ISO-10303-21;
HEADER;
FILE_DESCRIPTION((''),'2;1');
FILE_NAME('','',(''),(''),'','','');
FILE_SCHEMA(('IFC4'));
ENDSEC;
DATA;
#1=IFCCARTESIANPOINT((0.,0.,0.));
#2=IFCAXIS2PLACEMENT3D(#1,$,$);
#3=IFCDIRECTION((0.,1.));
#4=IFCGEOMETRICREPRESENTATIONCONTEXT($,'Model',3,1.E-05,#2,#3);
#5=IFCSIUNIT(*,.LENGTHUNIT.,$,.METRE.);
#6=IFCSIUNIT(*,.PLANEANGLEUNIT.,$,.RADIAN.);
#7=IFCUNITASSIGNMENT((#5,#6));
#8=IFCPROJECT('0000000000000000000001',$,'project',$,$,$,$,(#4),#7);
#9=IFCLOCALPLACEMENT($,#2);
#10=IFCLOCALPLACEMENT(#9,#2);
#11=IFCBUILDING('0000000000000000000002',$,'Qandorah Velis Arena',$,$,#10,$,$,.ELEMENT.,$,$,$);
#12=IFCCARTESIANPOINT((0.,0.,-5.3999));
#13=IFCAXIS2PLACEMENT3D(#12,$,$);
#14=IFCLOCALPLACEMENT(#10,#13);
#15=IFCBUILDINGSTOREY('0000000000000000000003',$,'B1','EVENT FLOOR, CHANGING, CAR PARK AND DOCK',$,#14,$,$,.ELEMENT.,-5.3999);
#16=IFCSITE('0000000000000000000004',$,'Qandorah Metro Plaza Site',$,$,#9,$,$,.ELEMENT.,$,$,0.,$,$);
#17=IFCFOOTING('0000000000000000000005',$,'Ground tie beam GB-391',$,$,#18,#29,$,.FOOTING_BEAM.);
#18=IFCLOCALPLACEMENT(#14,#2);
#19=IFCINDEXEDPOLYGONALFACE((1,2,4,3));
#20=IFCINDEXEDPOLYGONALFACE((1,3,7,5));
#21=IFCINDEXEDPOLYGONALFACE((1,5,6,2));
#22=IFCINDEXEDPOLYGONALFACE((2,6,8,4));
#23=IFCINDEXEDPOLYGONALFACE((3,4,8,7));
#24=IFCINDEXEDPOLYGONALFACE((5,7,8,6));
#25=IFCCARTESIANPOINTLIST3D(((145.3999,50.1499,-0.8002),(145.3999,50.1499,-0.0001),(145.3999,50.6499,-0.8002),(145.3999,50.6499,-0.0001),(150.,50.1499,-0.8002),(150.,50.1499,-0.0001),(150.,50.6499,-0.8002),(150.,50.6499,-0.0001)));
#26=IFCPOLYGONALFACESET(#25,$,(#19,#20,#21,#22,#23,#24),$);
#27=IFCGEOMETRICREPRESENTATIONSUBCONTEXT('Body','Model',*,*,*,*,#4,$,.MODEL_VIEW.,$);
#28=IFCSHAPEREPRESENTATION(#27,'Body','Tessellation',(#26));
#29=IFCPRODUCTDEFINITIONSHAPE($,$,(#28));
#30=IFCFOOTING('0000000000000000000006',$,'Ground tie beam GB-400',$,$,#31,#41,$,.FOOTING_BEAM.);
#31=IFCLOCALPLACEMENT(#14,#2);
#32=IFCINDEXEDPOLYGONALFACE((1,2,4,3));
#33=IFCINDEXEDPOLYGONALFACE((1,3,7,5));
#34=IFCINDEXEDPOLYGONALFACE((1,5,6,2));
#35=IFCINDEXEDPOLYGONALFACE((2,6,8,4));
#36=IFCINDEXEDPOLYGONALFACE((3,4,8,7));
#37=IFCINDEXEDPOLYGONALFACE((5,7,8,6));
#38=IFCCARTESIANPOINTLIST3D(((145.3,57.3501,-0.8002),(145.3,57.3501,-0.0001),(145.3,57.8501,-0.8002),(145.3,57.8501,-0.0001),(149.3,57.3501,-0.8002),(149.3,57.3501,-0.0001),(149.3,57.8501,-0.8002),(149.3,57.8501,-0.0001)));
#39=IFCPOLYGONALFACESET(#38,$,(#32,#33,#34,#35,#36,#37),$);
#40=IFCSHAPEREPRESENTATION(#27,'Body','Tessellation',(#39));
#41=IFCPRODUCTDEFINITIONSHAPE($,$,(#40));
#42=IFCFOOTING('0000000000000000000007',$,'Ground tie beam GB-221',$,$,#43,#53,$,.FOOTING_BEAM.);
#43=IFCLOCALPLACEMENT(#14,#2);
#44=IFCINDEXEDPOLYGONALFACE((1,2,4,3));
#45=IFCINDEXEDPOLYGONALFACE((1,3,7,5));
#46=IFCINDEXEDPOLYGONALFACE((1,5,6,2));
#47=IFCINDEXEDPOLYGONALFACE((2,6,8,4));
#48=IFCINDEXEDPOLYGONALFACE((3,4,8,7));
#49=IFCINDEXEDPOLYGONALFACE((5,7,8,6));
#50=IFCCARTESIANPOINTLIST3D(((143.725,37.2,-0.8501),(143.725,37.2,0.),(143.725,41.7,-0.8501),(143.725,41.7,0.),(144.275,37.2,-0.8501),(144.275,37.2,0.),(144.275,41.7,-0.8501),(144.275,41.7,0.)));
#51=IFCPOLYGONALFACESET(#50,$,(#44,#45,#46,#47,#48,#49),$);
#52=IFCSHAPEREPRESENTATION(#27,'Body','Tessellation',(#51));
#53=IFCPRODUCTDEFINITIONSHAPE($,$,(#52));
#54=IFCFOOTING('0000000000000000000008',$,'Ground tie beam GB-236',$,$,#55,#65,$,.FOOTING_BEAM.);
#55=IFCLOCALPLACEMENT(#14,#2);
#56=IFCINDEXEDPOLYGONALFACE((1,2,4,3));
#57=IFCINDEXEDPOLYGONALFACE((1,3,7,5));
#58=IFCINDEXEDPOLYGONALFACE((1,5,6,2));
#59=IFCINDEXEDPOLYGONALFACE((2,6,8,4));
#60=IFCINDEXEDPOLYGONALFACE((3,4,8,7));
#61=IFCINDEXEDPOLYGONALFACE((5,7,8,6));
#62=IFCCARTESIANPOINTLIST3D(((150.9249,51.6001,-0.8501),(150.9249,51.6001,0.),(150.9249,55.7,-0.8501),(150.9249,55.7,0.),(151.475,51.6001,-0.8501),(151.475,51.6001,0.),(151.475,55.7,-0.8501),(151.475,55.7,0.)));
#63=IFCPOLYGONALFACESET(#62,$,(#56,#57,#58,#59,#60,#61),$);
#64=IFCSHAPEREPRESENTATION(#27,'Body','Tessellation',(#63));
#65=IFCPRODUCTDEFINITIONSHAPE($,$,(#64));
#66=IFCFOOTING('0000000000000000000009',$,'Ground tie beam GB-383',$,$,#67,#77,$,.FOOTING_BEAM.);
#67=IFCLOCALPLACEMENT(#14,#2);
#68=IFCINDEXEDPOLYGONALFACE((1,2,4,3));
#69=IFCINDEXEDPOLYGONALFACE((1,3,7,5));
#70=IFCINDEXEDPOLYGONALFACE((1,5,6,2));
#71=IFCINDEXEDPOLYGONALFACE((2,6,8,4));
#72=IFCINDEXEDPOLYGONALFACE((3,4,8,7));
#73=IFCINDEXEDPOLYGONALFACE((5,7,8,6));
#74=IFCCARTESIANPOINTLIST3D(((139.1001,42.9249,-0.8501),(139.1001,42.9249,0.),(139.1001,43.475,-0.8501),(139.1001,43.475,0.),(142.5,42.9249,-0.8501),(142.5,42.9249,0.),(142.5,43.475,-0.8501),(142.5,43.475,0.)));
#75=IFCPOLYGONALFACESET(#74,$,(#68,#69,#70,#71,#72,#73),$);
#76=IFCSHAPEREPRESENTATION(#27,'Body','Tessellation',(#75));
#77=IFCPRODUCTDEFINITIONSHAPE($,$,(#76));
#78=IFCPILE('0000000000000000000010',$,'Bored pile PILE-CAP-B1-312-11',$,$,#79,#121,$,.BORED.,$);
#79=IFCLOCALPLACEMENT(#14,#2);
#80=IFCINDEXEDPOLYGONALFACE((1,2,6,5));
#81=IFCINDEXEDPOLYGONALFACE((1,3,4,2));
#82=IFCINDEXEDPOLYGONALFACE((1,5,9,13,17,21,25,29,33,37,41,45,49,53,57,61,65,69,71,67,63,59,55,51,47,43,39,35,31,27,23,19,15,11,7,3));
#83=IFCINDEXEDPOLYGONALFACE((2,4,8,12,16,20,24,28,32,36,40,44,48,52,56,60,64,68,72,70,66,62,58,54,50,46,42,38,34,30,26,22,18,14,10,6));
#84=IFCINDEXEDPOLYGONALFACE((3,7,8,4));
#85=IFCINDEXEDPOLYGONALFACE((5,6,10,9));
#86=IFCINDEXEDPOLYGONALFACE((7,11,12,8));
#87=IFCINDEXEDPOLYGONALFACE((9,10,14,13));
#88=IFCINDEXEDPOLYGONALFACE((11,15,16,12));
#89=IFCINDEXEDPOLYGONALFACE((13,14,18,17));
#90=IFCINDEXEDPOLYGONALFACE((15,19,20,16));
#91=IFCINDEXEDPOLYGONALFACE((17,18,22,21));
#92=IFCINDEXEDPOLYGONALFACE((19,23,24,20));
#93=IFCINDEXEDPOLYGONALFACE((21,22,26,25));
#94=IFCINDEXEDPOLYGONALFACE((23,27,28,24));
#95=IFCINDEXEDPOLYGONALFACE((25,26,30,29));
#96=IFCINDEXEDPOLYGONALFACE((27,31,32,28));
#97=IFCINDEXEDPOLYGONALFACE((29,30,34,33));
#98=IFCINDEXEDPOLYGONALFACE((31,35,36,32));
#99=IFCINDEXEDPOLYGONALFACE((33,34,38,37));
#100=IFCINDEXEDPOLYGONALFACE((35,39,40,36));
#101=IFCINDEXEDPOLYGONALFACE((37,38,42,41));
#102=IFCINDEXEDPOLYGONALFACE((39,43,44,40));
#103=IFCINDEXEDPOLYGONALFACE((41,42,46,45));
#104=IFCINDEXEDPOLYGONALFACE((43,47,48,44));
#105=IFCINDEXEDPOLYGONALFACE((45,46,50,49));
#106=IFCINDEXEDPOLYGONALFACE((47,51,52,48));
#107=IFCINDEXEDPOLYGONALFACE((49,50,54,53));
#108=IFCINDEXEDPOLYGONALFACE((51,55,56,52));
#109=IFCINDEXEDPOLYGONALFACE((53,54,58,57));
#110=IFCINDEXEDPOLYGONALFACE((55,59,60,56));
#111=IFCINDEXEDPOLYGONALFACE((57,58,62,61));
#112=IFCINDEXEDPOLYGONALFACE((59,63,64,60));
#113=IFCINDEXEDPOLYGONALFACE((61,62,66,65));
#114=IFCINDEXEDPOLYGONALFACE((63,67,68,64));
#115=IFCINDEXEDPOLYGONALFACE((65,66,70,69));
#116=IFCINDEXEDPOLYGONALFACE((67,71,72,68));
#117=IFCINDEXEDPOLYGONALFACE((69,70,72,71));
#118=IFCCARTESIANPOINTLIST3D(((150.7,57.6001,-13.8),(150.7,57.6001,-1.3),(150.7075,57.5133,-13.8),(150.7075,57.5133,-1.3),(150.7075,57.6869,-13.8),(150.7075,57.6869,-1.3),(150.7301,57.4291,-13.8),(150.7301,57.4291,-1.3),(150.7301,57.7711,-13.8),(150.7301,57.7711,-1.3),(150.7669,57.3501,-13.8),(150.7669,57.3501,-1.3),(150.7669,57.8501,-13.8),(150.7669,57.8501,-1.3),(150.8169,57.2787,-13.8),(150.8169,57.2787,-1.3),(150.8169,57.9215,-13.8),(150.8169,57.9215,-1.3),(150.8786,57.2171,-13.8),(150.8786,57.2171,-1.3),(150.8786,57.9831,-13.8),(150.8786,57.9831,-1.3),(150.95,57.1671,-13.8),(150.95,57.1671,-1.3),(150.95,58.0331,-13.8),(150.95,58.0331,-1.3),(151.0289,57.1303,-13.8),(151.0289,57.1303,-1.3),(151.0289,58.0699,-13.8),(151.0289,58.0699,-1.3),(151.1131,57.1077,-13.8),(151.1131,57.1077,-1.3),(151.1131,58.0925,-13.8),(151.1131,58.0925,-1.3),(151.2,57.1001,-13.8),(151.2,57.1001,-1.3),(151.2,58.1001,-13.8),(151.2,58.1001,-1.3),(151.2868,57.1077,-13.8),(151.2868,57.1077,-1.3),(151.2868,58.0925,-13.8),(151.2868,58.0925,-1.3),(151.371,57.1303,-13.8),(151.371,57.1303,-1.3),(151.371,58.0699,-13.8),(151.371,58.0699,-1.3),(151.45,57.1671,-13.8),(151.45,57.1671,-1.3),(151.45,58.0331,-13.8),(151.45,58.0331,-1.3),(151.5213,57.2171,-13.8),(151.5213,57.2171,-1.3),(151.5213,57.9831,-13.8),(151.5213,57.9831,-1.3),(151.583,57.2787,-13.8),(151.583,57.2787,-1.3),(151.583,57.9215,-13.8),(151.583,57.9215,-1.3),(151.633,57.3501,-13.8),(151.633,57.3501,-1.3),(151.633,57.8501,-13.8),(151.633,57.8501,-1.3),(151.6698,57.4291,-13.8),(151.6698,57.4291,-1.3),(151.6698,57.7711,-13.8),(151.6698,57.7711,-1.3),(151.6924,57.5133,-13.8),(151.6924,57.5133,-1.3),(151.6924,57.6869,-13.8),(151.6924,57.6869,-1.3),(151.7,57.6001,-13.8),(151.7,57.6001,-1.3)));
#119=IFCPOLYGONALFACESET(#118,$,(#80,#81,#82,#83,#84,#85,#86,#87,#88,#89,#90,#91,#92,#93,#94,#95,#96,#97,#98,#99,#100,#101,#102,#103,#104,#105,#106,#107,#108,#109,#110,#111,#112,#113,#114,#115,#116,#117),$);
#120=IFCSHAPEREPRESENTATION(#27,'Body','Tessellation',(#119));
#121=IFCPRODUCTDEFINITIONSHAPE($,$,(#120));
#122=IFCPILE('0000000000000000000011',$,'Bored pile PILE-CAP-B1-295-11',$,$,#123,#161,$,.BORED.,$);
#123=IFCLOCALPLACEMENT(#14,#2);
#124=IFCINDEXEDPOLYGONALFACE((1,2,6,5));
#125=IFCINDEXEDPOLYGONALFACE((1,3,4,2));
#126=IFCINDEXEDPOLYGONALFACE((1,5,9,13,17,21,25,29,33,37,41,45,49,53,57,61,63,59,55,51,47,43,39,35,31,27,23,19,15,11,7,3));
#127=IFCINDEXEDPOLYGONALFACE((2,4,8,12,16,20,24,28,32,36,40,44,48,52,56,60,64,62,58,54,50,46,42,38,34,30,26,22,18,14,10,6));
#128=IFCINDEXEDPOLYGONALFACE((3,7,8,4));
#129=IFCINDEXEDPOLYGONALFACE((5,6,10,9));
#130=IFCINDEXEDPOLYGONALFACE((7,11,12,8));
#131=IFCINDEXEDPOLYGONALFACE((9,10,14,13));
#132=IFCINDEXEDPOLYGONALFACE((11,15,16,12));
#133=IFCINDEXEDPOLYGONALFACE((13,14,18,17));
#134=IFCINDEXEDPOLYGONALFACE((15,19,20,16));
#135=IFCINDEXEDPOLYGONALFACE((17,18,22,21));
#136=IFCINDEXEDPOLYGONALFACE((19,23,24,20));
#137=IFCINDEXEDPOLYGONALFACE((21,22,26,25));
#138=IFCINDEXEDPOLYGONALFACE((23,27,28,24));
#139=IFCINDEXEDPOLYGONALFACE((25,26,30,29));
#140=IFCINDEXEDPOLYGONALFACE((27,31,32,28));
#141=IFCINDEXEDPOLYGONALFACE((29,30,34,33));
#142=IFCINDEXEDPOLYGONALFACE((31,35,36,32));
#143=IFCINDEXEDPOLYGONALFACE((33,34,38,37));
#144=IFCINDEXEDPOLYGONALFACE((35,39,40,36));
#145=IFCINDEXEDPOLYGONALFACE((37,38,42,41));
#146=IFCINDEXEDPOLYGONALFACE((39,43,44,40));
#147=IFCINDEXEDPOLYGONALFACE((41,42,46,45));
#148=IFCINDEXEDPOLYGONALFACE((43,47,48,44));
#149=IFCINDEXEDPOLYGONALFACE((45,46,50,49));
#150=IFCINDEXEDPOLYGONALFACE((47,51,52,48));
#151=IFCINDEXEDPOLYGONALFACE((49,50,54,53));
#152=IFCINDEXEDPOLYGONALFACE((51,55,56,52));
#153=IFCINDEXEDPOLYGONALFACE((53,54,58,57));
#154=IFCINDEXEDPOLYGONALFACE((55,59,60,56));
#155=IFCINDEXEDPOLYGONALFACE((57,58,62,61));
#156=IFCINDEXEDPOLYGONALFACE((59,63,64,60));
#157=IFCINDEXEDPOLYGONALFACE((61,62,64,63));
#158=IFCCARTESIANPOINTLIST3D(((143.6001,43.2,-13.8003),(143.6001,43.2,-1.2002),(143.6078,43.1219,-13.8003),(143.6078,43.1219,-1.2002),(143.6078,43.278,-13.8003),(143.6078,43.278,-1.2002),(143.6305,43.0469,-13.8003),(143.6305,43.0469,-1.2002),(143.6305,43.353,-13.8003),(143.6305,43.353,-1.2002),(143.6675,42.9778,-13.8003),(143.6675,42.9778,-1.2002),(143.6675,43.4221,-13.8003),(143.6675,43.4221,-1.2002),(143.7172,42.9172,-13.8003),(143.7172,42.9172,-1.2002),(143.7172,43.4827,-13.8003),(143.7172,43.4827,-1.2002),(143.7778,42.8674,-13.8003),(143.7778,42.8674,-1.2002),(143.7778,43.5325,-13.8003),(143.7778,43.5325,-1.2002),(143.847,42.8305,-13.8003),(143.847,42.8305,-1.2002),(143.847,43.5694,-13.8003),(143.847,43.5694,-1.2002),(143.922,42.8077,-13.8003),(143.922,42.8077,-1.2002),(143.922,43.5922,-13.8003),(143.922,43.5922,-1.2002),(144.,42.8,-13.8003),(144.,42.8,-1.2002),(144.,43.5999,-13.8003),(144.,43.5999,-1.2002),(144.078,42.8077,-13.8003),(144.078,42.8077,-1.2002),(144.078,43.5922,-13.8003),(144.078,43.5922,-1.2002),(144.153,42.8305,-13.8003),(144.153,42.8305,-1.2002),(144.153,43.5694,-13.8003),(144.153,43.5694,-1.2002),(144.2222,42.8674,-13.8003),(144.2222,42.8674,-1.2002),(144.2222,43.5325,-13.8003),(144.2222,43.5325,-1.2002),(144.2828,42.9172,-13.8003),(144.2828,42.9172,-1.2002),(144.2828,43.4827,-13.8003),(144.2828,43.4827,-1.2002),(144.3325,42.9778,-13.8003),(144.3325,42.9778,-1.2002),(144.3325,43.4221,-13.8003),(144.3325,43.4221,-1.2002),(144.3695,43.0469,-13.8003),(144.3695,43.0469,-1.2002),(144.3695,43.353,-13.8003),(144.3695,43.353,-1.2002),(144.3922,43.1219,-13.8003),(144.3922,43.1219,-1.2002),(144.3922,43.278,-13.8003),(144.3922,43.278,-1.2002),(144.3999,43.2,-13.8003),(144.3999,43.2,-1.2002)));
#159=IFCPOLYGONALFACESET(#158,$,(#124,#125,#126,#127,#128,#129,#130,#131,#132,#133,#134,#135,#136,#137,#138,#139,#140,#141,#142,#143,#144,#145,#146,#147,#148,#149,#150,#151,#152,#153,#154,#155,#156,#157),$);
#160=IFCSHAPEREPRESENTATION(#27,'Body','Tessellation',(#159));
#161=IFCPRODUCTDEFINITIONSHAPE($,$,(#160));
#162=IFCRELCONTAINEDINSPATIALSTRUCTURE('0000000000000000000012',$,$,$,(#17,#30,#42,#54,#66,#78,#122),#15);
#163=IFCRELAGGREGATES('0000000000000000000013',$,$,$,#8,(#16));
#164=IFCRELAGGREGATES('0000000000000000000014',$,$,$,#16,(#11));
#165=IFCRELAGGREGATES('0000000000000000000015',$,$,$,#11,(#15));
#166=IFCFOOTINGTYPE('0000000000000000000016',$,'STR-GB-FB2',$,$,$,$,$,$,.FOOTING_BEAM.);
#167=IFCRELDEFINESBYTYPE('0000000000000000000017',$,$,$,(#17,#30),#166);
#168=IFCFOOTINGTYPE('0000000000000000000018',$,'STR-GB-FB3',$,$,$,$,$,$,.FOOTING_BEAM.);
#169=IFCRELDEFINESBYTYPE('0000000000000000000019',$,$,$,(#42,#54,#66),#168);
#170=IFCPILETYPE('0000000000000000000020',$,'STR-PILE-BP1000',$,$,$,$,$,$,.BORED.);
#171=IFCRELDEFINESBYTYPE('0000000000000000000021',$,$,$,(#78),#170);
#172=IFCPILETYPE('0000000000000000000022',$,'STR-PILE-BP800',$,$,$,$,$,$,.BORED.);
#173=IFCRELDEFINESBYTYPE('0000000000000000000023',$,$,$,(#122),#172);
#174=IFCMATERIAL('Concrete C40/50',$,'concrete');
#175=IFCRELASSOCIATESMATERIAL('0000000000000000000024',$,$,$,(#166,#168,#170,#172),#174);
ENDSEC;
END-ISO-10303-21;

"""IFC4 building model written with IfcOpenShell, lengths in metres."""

from ifc_helpers import new_model, si_unit, direction, frame, origin, origin_2d, place, context, subcontext, project, spatial, rectangle, circle, extrude, material, material_profile, profile_set, type_object, element, save


model = new_model("IFC4")

# Units and contexts
model_context = context("Model", 3, precision=1e-05, world=origin(), true_north=direction((0.0, 1.0)))
body_context = subcontext(model_context, "Body", "Model", "MODEL_VIEW")
ifc_project = project(units=[si_unit("LENGTHUNIT", "METRE"), si_unit("PLANEANGLEUNIT", "RADIAN")], contexts=[model_context])

# Site, building, storey
site_placement = place(None, origin())
site = spatial("IfcSite", under=ifc_project, at=site_placement, Name="Qandorah Metro Plaza Site", CompositionType="ELEMENT", RefElevation=0.0)
building_placement = place(site_placement, origin())
building = spatial("IfcBuilding", under=site, at=building_placement, Name="Qandorah Velis Arena", CompositionType="ELEMENT")
storey_placement = place(building_placement, frame((0.0, 0.0, -5.3999)))
storey = spatial("IfcBuildingStorey", under=building, at=storey_placement, Name="B1", Description="EVENT FLOOR, CHANGING, CAR PARK AND DOCK", CompositionType="ELEMENT", Elevation=-5.3999)

# Footings
ifc_material_1 = material(Name="Concrete C40/50", Category="concrete")
ifc_material_profile_1 = material_profile(ifc_material_1, rectangle(XDim=0.5, YDim=0.8, at=origin_2d()), Name="GB2 500x800")
ifc_profile_set_1 = profile_set([ifc_material_profile_1], Name="Concrete C40/50")
footing_type_1 = type_object("IfcFootingType", Name="STR-GB-FB2", PredefinedType="FOOTING_BEAM", material=ifc_profile_set_1)
footing_1_placement = place(storey_placement, frame((145.3999, 50.3999, -0.4001), z_axis=(1.0, 0.0, 0.0), x_axis=(0.0, 1.0, 0.0)))
element("IfcFooting", 1, at=footing_1_placement, inside=storey, type_object=footing_type_1, Name="Ground tie beam GB-391", PredefinedType="FOOTING_BEAM", context=body_context, shape_type="SweptSolid", body=[
    extrude(rectangle(XDim=0.5, YDim=0.8, at=origin_2d()), origin(), (0.0, 0.0, 1.0), 4.6001),
])
footing_2_placement = place(storey_placement, frame((145.3, 57.6001, -0.4001), z_axis=(1.0, 0.0, 0.0), x_axis=(0.0, 1.0, 0.0)))
element("IfcFooting", 2, at=footing_2_placement, inside=storey, type_object=footing_type_1, Name="Ground tie beam GB-400", PredefinedType="FOOTING_BEAM", context=body_context, shape_type="SweptSolid", body=[
    extrude(rectangle(XDim=0.5, YDim=0.8, at=origin_2d()), origin(), (0.0, 0.0, 1.0), 4.0),
])
ifc_material_profile_2 = material_profile(ifc_material_1, rectangle(XDim=0.55, YDim=0.8501, at=origin_2d()), Name="GB3 550x850")
ifc_profile_set_2 = profile_set([ifc_material_profile_2], Name="Concrete C40/50")
footing_type_2 = type_object("IfcFootingType", Name="STR-GB-FB3", PredefinedType="FOOTING_BEAM", material=ifc_profile_set_2)
footing_3_placement = place(storey_placement, frame((144.0, 37.2, -0.425), z_axis=(0.0, 1.0, 0.0), x_axis=(-1.0, 0.0, 0.0)))
element("IfcFooting", 3, at=footing_3_placement, inside=storey, type_object=footing_type_2, Name="Ground tie beam GB-221", PredefinedType="FOOTING_BEAM", context=body_context, shape_type="SweptSolid", body=[
    extrude(rectangle(XDim=0.55, YDim=0.8501, at=origin_2d()), origin(), (0.0, 0.0, 1.0), 4.5),
])
footing_4_placement = place(storey_placement, frame((151.2, 51.6001, -0.425), z_axis=(0.0, 1.0, 0.0), x_axis=(-1.0, 0.0, 0.0)))
element("IfcFooting", 4, at=footing_4_placement, inside=storey, type_object=footing_type_2, Name="Ground tie beam GB-236", PredefinedType="FOOTING_BEAM", context=body_context, shape_type="SweptSolid", body=[
    extrude(rectangle(XDim=0.55, YDim=0.8501, at=origin_2d()), origin(), (0.0, 0.0, 1.0), 4.0999),
])
footing_5_placement = place(storey_placement, frame((139.1001, 43.2, -0.425), z_axis=(1.0, 0.0, 0.0), x_axis=(0.0, 1.0, 0.0)))
element("IfcFooting", 5, at=footing_5_placement, inside=storey, type_object=footing_type_2, Name="Ground tie beam GB-383", PredefinedType="FOOTING_BEAM", context=body_context, shape_type="SweptSolid", body=[
    extrude(rectangle(XDim=0.55, YDim=0.8501, at=origin_2d()), origin(), (0.0, 0.0, 1.0), 3.3999),
])

# Piles
ifc_material_profile_3 = material_profile(ifc_material_1, circle(Radius=0.5, at=origin_2d()), Name="BORED PILE D1000")
ifc_profile_set_3 = profile_set([ifc_material_profile_3], Name="Concrete C40/50")
pile_type_1 = type_object("IfcPileType", Name="STR-PILE-BP1000", PredefinedType="BORED", material=ifc_profile_set_3)
pile_1_placement = place(storey_placement, frame((151.2, 57.6001, -1.3), z_axis=(0.0, 0.0, -1.0), x_axis=(1.0, 0.0, 0.0)))
element("IfcPile", 6, at=pile_1_placement, inside=storey, type_object=pile_type_1, Name="Bored pile PILE-CAP-B1-312-11", PredefinedType="BORED", context=body_context, shape_type="SweptSolid", body=[
    extrude(circle(Radius=0.5, at=origin_2d()), origin(), (0.0, 0.0, 1.0), 12.5),
])
ifc_material_profile_4 = material_profile(ifc_material_1, circle(Radius=0.3999, at=origin_2d()), Name="BORED PILE D800")
ifc_profile_set_4 = profile_set([ifc_material_profile_4], Name="Concrete C40/50")
pile_type_2 = type_object("IfcPileType", Name="STR-PILE-BP800", PredefinedType="BORED", material=ifc_profile_set_4)
pile_2_placement = place(storey_placement, frame((144.0, 43.2, -1.2002), z_axis=(0.0, 0.0, -1.0), x_axis=(1.0, 0.0, 0.0)))
element("IfcPile", 7, at=pile_2_placement, inside=storey, type_object=pile_type_2, Name="Bored pile PILE-CAP-B1-295-11", PredefinedType="BORED", context=body_context, shape_type="SweptSolid", body=[
    extrude(circle(Radius=0.3999, at=origin_2d()), origin(), (0.0, 0.0, 1.0), 12.6001),
])

save(model, "model.ifc")
